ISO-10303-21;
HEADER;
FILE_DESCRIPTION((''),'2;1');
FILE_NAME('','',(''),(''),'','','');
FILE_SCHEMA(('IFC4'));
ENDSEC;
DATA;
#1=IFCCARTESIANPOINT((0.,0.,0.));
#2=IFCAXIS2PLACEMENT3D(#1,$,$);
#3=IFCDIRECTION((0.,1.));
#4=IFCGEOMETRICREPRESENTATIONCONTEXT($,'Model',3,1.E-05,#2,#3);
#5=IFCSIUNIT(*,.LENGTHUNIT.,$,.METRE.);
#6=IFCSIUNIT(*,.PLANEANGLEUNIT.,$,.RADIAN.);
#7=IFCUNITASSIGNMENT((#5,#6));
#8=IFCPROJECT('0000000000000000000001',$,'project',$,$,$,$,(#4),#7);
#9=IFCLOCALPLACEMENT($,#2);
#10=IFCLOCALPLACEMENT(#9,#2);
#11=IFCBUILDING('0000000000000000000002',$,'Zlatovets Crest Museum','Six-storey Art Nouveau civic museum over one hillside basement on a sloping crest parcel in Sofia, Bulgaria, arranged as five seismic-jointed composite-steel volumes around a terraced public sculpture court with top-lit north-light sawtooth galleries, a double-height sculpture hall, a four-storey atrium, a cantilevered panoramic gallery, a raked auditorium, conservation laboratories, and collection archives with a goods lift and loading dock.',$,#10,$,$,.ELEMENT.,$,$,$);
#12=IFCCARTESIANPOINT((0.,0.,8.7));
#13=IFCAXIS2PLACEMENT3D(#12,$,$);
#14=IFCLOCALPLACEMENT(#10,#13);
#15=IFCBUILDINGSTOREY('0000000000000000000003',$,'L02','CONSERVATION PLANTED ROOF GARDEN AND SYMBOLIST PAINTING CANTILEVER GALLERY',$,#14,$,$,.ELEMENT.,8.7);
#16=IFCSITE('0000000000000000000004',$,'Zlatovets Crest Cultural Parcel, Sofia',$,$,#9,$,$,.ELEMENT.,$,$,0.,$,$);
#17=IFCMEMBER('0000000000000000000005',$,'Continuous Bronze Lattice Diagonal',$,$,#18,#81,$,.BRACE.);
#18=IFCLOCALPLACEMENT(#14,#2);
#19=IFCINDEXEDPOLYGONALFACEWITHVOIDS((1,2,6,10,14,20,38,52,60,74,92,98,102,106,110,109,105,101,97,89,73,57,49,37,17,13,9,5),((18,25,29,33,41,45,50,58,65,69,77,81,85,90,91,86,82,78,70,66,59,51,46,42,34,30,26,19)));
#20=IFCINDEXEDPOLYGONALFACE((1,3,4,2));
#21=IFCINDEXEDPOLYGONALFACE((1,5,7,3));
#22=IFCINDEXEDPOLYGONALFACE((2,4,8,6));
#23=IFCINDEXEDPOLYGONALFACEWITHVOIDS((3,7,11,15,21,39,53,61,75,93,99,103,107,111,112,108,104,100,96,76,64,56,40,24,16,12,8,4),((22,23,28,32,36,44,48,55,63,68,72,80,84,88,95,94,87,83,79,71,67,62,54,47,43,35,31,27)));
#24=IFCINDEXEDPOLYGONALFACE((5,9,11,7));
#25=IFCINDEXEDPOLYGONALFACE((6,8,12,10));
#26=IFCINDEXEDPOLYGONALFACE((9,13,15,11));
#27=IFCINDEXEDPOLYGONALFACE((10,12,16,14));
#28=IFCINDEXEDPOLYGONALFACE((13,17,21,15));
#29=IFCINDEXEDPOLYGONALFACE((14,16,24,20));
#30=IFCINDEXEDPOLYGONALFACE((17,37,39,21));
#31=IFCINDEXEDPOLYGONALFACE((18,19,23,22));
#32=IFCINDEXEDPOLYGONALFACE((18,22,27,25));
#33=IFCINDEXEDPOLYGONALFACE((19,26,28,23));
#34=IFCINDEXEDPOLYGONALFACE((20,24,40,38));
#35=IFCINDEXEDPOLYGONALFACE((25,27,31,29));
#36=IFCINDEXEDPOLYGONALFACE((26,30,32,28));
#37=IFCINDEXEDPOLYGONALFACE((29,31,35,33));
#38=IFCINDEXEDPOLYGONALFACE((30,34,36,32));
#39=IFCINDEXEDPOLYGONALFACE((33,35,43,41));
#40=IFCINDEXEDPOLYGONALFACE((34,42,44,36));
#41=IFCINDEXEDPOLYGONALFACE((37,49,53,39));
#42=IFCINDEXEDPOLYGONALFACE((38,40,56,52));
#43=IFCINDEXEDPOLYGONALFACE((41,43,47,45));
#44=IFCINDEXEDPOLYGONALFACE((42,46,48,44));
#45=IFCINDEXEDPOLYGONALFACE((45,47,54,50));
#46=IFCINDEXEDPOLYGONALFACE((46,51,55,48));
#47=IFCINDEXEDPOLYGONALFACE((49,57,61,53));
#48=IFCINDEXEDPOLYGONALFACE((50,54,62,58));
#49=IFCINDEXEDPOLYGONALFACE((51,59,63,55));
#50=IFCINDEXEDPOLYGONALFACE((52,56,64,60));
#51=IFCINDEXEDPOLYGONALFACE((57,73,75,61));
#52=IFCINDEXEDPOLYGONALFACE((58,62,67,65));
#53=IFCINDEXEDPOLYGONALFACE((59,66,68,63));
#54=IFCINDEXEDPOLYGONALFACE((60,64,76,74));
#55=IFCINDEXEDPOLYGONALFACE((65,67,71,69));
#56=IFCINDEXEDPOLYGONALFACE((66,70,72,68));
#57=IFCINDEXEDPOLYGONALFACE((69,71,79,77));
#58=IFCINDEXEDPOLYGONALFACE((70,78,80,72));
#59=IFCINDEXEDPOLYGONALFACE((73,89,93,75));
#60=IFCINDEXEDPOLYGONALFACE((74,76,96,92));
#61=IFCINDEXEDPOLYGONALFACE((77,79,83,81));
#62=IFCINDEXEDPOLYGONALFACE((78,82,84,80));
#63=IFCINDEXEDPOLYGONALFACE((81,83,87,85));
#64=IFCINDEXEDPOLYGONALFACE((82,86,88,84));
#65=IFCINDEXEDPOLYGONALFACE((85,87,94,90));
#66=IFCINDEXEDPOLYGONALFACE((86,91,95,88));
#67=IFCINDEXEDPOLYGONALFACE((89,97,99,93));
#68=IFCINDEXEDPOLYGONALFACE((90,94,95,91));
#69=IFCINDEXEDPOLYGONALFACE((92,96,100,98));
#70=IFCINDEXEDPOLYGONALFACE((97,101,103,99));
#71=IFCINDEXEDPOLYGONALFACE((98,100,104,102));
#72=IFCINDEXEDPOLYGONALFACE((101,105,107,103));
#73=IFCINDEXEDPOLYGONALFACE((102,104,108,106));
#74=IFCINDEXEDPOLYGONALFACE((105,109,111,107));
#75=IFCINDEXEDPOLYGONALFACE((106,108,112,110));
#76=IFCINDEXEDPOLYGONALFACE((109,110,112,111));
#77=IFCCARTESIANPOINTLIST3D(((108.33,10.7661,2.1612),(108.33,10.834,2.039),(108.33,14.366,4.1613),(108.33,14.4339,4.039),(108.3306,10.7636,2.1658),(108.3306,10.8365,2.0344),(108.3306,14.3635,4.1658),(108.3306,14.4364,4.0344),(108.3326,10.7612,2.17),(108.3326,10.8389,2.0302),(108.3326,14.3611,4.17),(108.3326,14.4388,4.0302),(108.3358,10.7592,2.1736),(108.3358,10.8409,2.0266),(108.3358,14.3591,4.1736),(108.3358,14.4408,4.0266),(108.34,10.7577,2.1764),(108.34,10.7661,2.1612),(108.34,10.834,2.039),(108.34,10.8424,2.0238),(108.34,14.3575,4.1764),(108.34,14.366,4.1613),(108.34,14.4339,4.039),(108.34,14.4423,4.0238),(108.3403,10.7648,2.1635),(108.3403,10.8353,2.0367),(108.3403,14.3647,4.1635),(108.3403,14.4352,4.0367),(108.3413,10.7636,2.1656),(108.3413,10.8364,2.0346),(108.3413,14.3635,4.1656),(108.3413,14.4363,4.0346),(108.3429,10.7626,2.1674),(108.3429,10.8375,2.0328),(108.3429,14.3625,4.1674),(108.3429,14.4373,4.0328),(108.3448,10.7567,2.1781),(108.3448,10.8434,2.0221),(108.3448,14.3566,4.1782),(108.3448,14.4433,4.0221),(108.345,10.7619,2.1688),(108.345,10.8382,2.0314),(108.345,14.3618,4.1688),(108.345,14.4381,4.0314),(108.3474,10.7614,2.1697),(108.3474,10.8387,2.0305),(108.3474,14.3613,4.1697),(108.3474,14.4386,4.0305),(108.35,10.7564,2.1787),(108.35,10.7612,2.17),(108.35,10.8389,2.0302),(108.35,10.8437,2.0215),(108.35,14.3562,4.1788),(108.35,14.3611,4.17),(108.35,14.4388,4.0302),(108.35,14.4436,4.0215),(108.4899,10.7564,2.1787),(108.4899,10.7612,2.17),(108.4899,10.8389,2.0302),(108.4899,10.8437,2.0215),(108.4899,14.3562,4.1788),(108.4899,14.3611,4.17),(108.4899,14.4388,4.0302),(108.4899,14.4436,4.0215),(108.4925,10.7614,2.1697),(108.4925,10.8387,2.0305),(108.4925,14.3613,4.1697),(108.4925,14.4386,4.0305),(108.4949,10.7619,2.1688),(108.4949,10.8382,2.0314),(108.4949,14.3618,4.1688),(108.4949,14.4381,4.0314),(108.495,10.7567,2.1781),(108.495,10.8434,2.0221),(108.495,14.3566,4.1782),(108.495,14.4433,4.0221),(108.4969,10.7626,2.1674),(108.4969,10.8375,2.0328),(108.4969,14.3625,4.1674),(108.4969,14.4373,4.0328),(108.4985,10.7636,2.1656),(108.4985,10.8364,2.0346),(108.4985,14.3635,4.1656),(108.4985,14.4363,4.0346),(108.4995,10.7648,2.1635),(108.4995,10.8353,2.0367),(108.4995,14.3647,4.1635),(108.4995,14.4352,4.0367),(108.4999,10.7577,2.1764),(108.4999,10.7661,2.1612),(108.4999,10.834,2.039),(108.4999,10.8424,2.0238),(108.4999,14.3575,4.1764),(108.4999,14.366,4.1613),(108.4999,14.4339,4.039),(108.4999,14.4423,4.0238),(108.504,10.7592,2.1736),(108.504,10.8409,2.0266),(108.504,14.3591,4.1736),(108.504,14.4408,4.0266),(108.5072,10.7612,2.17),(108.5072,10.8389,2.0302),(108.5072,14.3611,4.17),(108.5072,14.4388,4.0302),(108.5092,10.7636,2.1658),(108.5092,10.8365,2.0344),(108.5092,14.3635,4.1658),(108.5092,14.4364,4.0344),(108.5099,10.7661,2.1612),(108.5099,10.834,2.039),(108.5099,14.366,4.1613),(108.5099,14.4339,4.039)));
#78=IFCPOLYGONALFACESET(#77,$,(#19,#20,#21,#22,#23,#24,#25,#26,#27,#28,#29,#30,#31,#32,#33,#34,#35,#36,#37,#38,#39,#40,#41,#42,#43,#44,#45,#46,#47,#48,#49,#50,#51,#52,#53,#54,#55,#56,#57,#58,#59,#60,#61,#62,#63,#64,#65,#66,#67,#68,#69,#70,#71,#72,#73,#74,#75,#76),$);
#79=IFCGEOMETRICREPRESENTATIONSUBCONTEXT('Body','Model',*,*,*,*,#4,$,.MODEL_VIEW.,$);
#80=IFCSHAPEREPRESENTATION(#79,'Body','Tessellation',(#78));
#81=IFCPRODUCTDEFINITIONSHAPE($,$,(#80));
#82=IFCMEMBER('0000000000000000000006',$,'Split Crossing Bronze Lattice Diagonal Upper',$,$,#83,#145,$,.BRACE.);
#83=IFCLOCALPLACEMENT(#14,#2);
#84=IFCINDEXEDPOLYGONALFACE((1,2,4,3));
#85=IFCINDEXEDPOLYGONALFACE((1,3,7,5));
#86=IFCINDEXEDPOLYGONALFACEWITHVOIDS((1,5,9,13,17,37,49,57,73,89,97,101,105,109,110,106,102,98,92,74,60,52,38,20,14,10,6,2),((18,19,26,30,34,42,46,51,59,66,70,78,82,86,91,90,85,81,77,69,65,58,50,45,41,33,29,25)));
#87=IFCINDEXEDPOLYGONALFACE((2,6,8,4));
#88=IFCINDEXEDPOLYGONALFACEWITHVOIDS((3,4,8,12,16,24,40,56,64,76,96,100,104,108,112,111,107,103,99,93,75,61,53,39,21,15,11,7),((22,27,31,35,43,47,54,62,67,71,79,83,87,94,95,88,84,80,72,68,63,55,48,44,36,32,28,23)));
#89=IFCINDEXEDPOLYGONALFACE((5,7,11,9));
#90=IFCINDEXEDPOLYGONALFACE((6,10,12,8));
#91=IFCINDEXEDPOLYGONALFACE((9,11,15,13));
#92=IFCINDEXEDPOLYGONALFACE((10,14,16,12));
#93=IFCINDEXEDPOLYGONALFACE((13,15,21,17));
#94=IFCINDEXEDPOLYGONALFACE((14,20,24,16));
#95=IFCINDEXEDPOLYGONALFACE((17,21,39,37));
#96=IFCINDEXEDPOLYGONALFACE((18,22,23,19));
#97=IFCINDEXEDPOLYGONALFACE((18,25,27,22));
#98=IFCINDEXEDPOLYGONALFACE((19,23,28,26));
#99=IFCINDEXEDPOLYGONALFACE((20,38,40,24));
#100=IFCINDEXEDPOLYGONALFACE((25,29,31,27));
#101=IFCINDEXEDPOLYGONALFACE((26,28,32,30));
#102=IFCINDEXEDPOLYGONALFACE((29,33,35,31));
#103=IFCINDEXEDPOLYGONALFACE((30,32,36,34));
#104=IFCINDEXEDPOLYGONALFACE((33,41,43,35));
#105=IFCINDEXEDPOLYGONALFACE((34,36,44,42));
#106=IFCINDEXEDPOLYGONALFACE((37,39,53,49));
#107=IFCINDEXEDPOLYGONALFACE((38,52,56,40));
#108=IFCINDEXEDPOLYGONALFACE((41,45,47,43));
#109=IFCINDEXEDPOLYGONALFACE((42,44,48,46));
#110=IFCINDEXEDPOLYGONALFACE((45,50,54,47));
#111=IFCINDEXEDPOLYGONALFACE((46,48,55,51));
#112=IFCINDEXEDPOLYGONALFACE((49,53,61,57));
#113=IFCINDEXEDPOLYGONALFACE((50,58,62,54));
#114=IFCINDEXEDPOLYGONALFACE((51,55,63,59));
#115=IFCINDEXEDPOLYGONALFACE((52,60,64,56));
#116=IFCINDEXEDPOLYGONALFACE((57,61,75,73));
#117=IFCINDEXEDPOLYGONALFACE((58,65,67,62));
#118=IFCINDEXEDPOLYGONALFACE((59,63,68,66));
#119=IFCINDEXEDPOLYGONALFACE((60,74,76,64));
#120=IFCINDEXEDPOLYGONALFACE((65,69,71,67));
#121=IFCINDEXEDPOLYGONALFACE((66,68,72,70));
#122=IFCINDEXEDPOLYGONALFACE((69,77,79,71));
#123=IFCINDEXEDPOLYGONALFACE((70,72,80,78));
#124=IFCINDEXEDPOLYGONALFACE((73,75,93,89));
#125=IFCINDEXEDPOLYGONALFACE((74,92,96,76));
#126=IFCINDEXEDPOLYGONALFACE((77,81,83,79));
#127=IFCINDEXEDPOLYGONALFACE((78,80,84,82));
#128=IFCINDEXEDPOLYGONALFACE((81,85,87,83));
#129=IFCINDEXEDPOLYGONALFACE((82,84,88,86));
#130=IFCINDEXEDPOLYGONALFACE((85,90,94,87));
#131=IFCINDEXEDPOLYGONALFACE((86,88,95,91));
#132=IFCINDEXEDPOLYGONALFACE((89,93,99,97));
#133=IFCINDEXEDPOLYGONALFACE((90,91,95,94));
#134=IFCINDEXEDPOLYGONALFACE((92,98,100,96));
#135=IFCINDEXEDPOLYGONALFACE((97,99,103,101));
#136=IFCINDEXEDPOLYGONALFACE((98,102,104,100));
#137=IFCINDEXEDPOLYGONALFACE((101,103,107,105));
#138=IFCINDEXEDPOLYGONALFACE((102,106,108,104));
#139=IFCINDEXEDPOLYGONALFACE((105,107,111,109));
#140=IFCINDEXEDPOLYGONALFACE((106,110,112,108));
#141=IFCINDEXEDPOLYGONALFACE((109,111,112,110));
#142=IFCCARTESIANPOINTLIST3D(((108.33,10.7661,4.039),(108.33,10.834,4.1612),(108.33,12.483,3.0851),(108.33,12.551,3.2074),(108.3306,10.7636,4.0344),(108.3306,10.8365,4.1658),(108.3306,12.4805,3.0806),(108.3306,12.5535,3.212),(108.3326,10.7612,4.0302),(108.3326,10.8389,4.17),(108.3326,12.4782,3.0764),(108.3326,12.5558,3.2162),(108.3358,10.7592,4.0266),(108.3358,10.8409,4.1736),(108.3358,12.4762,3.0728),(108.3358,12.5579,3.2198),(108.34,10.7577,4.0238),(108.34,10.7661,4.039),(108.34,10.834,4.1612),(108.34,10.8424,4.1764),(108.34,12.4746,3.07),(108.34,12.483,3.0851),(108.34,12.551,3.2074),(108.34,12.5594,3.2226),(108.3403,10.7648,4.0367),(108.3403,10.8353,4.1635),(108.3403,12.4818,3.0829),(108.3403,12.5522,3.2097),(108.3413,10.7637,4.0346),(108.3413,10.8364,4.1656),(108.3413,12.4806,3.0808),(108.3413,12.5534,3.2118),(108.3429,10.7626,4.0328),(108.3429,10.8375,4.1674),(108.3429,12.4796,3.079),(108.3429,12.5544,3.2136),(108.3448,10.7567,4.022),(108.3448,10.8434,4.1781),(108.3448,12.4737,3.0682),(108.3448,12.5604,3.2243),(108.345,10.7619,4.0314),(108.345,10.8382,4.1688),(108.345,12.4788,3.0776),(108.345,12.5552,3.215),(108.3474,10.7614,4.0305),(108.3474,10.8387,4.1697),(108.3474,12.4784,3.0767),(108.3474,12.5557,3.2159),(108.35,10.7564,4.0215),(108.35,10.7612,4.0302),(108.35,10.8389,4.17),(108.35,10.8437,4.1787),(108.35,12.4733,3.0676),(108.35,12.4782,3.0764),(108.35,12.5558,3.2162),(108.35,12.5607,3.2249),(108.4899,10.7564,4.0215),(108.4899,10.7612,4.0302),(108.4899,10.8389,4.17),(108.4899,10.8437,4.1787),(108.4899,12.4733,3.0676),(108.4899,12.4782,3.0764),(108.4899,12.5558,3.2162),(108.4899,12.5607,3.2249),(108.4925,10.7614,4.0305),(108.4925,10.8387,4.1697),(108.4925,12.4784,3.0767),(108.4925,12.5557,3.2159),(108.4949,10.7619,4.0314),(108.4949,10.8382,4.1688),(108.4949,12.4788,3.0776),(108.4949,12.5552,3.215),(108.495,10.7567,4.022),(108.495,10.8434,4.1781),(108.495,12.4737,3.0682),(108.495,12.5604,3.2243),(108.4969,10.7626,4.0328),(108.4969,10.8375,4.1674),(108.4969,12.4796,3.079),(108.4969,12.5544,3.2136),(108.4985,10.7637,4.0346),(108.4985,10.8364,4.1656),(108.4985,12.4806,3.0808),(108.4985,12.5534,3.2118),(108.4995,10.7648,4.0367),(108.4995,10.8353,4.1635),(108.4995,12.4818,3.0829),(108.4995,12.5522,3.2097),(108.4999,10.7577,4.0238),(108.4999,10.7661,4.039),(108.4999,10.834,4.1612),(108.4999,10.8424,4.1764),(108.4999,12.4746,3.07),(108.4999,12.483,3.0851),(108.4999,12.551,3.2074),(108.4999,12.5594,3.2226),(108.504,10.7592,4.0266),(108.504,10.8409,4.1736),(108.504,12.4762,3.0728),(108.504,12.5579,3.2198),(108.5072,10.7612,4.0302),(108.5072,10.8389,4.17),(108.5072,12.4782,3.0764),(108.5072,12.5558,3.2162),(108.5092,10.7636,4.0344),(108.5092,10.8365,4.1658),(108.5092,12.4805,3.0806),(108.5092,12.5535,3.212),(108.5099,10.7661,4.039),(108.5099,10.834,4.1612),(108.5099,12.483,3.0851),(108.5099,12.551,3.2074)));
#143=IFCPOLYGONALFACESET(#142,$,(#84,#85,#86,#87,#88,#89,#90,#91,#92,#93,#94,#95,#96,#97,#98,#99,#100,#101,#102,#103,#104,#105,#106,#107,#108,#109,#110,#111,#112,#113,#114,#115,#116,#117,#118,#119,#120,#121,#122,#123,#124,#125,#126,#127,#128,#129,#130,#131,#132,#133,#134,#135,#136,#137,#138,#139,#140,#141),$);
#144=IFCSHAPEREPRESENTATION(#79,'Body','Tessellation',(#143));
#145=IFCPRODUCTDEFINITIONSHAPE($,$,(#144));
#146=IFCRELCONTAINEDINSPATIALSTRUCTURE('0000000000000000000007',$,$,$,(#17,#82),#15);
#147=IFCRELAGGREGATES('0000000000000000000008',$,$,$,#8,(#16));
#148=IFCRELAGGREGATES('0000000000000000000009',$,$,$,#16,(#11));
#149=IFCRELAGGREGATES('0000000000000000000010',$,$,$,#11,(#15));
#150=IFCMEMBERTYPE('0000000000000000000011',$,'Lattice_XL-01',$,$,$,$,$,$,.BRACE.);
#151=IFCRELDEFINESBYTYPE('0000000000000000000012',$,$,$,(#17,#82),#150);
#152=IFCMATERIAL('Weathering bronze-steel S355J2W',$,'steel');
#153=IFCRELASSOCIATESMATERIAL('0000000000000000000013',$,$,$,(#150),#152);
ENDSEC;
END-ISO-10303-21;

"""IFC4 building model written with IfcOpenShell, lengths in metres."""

from ifc_helpers import new_model, si_unit, direction, frame, origin, origin_2d, place, context, subcontext, project, spatial, hollow_rectangle, extrude, material, material_profile, profile_set, type_object, element, save


model = new_model("IFC4")

# Units and contexts
model_context = context("Model", 3, precision=1e-05, world=origin(), true_north=direction((0.0, 1.0)))
body_context = subcontext(model_context, "Body", "Model", "MODEL_VIEW")
ifc_project = project(units=[si_unit("LENGTHUNIT", "METRE"), si_unit("PLANEANGLEUNIT", "RADIAN")], contexts=[model_context])

# Site, building, storey
site_placement = place(None, origin())
site = spatial("IfcSite", under=ifc_project, at=site_placement, Name="Zlatovets Crest Cultural Parcel, Sofia", CompositionType="ELEMENT", RefElevation=0.0)
building_placement = place(site_placement, origin())
building = spatial("IfcBuilding", under=site, at=building_placement, Name="Zlatovets Crest Museum", Description="Six-storey Art Nouveau civic museum over one hillside basement on a sloping crest parcel in Sofia, Bulgaria, arranged as five seismic-jointed composite-steel volumes around a terraced public sculpture court with top-lit north-light sawtooth galleries, a double-height sculpture hall, a four-storey atrium, a cantilevered panoramic gallery, a raked auditorium, conservation laboratories, and collection archives with a goods lift and loading dock.", CompositionType="ELEMENT")
storey_placement = place(building_placement, frame((0.0, 0.0, 8.7)))
storey = spatial("IfcBuildingStorey", under=building, at=storey_placement, Name="L02", Description="CONSERVATION PLANTED ROOF GARDEN AND SYMBOLIST PAINTING CANTILEVER GALLERY", CompositionType="ELEMENT", Elevation=8.7)

# Members
ifc_material_1 = material(Name="Weathering bronze-steel S355J2W", Category="steel")
ifc_material_profile_1 = material_profile(ifc_material_1, hollow_rectangle(XDim=0.1799, YDim=0.1799, WallThickness=0.01, InnerFilletRadius=0.01, OuterFilletRadius=0.02, at=origin_2d()), Name="SHS 180x180x10.0")
ifc_profile_set_1 = profile_set([ifc_material_profile_1], Name="Weathering bronze-steel S355J2W")
member_type_1 = type_object("IfcMemberType", Name="Lattice_XL-01", PredefinedType="BRACE", material=ifc_profile_set_1)
member_1_placement = place(storey_placement, frame((108.4199, 10.8, 2.1001), z_axis=(0.0, 0.874149, 0.485658), x_axis=(-1.0, 0.0, 0.0)))
element("IfcMember", 1, at=member_1_placement, inside=storey, type_object=member_type_1, Name="Continuous Bronze Lattice Diagonal", PredefinedType="BRACE", context=body_context, shape_type="SweptSolid", body=[
    extrude(hollow_rectangle(XDim=0.1799, YDim=0.1799, WallThickness=0.01, InnerFilletRadius=0.01, OuterFilletRadius=0.02, at=origin_2d()), origin(), (0.0, 0.0, 1.0), 4.1182),
])
member_2_placement = place(storey_placement, frame((108.4199, 10.8, 4.1001), z_axis=(0.0, 0.874169, -0.485622), x_axis=(-1.0, 0.0, 0.0)))
element("IfcMember", 2, at=member_2_placement, inside=storey, type_object=member_type_1, Name="Split Crossing Bronze Lattice Diagonal Upper", PredefinedType="BRACE", context=body_context, shape_type="SweptSolid", body=[
    extrude(hollow_rectangle(XDim=0.1799, YDim=0.1799, WallThickness=0.01, InnerFilletRadius=0.01, OuterFilletRadius=0.02, at=origin_2d()), origin(), (0.0, 0.0, 1.0), 1.9641),
])

save(model, "model.ifc")
